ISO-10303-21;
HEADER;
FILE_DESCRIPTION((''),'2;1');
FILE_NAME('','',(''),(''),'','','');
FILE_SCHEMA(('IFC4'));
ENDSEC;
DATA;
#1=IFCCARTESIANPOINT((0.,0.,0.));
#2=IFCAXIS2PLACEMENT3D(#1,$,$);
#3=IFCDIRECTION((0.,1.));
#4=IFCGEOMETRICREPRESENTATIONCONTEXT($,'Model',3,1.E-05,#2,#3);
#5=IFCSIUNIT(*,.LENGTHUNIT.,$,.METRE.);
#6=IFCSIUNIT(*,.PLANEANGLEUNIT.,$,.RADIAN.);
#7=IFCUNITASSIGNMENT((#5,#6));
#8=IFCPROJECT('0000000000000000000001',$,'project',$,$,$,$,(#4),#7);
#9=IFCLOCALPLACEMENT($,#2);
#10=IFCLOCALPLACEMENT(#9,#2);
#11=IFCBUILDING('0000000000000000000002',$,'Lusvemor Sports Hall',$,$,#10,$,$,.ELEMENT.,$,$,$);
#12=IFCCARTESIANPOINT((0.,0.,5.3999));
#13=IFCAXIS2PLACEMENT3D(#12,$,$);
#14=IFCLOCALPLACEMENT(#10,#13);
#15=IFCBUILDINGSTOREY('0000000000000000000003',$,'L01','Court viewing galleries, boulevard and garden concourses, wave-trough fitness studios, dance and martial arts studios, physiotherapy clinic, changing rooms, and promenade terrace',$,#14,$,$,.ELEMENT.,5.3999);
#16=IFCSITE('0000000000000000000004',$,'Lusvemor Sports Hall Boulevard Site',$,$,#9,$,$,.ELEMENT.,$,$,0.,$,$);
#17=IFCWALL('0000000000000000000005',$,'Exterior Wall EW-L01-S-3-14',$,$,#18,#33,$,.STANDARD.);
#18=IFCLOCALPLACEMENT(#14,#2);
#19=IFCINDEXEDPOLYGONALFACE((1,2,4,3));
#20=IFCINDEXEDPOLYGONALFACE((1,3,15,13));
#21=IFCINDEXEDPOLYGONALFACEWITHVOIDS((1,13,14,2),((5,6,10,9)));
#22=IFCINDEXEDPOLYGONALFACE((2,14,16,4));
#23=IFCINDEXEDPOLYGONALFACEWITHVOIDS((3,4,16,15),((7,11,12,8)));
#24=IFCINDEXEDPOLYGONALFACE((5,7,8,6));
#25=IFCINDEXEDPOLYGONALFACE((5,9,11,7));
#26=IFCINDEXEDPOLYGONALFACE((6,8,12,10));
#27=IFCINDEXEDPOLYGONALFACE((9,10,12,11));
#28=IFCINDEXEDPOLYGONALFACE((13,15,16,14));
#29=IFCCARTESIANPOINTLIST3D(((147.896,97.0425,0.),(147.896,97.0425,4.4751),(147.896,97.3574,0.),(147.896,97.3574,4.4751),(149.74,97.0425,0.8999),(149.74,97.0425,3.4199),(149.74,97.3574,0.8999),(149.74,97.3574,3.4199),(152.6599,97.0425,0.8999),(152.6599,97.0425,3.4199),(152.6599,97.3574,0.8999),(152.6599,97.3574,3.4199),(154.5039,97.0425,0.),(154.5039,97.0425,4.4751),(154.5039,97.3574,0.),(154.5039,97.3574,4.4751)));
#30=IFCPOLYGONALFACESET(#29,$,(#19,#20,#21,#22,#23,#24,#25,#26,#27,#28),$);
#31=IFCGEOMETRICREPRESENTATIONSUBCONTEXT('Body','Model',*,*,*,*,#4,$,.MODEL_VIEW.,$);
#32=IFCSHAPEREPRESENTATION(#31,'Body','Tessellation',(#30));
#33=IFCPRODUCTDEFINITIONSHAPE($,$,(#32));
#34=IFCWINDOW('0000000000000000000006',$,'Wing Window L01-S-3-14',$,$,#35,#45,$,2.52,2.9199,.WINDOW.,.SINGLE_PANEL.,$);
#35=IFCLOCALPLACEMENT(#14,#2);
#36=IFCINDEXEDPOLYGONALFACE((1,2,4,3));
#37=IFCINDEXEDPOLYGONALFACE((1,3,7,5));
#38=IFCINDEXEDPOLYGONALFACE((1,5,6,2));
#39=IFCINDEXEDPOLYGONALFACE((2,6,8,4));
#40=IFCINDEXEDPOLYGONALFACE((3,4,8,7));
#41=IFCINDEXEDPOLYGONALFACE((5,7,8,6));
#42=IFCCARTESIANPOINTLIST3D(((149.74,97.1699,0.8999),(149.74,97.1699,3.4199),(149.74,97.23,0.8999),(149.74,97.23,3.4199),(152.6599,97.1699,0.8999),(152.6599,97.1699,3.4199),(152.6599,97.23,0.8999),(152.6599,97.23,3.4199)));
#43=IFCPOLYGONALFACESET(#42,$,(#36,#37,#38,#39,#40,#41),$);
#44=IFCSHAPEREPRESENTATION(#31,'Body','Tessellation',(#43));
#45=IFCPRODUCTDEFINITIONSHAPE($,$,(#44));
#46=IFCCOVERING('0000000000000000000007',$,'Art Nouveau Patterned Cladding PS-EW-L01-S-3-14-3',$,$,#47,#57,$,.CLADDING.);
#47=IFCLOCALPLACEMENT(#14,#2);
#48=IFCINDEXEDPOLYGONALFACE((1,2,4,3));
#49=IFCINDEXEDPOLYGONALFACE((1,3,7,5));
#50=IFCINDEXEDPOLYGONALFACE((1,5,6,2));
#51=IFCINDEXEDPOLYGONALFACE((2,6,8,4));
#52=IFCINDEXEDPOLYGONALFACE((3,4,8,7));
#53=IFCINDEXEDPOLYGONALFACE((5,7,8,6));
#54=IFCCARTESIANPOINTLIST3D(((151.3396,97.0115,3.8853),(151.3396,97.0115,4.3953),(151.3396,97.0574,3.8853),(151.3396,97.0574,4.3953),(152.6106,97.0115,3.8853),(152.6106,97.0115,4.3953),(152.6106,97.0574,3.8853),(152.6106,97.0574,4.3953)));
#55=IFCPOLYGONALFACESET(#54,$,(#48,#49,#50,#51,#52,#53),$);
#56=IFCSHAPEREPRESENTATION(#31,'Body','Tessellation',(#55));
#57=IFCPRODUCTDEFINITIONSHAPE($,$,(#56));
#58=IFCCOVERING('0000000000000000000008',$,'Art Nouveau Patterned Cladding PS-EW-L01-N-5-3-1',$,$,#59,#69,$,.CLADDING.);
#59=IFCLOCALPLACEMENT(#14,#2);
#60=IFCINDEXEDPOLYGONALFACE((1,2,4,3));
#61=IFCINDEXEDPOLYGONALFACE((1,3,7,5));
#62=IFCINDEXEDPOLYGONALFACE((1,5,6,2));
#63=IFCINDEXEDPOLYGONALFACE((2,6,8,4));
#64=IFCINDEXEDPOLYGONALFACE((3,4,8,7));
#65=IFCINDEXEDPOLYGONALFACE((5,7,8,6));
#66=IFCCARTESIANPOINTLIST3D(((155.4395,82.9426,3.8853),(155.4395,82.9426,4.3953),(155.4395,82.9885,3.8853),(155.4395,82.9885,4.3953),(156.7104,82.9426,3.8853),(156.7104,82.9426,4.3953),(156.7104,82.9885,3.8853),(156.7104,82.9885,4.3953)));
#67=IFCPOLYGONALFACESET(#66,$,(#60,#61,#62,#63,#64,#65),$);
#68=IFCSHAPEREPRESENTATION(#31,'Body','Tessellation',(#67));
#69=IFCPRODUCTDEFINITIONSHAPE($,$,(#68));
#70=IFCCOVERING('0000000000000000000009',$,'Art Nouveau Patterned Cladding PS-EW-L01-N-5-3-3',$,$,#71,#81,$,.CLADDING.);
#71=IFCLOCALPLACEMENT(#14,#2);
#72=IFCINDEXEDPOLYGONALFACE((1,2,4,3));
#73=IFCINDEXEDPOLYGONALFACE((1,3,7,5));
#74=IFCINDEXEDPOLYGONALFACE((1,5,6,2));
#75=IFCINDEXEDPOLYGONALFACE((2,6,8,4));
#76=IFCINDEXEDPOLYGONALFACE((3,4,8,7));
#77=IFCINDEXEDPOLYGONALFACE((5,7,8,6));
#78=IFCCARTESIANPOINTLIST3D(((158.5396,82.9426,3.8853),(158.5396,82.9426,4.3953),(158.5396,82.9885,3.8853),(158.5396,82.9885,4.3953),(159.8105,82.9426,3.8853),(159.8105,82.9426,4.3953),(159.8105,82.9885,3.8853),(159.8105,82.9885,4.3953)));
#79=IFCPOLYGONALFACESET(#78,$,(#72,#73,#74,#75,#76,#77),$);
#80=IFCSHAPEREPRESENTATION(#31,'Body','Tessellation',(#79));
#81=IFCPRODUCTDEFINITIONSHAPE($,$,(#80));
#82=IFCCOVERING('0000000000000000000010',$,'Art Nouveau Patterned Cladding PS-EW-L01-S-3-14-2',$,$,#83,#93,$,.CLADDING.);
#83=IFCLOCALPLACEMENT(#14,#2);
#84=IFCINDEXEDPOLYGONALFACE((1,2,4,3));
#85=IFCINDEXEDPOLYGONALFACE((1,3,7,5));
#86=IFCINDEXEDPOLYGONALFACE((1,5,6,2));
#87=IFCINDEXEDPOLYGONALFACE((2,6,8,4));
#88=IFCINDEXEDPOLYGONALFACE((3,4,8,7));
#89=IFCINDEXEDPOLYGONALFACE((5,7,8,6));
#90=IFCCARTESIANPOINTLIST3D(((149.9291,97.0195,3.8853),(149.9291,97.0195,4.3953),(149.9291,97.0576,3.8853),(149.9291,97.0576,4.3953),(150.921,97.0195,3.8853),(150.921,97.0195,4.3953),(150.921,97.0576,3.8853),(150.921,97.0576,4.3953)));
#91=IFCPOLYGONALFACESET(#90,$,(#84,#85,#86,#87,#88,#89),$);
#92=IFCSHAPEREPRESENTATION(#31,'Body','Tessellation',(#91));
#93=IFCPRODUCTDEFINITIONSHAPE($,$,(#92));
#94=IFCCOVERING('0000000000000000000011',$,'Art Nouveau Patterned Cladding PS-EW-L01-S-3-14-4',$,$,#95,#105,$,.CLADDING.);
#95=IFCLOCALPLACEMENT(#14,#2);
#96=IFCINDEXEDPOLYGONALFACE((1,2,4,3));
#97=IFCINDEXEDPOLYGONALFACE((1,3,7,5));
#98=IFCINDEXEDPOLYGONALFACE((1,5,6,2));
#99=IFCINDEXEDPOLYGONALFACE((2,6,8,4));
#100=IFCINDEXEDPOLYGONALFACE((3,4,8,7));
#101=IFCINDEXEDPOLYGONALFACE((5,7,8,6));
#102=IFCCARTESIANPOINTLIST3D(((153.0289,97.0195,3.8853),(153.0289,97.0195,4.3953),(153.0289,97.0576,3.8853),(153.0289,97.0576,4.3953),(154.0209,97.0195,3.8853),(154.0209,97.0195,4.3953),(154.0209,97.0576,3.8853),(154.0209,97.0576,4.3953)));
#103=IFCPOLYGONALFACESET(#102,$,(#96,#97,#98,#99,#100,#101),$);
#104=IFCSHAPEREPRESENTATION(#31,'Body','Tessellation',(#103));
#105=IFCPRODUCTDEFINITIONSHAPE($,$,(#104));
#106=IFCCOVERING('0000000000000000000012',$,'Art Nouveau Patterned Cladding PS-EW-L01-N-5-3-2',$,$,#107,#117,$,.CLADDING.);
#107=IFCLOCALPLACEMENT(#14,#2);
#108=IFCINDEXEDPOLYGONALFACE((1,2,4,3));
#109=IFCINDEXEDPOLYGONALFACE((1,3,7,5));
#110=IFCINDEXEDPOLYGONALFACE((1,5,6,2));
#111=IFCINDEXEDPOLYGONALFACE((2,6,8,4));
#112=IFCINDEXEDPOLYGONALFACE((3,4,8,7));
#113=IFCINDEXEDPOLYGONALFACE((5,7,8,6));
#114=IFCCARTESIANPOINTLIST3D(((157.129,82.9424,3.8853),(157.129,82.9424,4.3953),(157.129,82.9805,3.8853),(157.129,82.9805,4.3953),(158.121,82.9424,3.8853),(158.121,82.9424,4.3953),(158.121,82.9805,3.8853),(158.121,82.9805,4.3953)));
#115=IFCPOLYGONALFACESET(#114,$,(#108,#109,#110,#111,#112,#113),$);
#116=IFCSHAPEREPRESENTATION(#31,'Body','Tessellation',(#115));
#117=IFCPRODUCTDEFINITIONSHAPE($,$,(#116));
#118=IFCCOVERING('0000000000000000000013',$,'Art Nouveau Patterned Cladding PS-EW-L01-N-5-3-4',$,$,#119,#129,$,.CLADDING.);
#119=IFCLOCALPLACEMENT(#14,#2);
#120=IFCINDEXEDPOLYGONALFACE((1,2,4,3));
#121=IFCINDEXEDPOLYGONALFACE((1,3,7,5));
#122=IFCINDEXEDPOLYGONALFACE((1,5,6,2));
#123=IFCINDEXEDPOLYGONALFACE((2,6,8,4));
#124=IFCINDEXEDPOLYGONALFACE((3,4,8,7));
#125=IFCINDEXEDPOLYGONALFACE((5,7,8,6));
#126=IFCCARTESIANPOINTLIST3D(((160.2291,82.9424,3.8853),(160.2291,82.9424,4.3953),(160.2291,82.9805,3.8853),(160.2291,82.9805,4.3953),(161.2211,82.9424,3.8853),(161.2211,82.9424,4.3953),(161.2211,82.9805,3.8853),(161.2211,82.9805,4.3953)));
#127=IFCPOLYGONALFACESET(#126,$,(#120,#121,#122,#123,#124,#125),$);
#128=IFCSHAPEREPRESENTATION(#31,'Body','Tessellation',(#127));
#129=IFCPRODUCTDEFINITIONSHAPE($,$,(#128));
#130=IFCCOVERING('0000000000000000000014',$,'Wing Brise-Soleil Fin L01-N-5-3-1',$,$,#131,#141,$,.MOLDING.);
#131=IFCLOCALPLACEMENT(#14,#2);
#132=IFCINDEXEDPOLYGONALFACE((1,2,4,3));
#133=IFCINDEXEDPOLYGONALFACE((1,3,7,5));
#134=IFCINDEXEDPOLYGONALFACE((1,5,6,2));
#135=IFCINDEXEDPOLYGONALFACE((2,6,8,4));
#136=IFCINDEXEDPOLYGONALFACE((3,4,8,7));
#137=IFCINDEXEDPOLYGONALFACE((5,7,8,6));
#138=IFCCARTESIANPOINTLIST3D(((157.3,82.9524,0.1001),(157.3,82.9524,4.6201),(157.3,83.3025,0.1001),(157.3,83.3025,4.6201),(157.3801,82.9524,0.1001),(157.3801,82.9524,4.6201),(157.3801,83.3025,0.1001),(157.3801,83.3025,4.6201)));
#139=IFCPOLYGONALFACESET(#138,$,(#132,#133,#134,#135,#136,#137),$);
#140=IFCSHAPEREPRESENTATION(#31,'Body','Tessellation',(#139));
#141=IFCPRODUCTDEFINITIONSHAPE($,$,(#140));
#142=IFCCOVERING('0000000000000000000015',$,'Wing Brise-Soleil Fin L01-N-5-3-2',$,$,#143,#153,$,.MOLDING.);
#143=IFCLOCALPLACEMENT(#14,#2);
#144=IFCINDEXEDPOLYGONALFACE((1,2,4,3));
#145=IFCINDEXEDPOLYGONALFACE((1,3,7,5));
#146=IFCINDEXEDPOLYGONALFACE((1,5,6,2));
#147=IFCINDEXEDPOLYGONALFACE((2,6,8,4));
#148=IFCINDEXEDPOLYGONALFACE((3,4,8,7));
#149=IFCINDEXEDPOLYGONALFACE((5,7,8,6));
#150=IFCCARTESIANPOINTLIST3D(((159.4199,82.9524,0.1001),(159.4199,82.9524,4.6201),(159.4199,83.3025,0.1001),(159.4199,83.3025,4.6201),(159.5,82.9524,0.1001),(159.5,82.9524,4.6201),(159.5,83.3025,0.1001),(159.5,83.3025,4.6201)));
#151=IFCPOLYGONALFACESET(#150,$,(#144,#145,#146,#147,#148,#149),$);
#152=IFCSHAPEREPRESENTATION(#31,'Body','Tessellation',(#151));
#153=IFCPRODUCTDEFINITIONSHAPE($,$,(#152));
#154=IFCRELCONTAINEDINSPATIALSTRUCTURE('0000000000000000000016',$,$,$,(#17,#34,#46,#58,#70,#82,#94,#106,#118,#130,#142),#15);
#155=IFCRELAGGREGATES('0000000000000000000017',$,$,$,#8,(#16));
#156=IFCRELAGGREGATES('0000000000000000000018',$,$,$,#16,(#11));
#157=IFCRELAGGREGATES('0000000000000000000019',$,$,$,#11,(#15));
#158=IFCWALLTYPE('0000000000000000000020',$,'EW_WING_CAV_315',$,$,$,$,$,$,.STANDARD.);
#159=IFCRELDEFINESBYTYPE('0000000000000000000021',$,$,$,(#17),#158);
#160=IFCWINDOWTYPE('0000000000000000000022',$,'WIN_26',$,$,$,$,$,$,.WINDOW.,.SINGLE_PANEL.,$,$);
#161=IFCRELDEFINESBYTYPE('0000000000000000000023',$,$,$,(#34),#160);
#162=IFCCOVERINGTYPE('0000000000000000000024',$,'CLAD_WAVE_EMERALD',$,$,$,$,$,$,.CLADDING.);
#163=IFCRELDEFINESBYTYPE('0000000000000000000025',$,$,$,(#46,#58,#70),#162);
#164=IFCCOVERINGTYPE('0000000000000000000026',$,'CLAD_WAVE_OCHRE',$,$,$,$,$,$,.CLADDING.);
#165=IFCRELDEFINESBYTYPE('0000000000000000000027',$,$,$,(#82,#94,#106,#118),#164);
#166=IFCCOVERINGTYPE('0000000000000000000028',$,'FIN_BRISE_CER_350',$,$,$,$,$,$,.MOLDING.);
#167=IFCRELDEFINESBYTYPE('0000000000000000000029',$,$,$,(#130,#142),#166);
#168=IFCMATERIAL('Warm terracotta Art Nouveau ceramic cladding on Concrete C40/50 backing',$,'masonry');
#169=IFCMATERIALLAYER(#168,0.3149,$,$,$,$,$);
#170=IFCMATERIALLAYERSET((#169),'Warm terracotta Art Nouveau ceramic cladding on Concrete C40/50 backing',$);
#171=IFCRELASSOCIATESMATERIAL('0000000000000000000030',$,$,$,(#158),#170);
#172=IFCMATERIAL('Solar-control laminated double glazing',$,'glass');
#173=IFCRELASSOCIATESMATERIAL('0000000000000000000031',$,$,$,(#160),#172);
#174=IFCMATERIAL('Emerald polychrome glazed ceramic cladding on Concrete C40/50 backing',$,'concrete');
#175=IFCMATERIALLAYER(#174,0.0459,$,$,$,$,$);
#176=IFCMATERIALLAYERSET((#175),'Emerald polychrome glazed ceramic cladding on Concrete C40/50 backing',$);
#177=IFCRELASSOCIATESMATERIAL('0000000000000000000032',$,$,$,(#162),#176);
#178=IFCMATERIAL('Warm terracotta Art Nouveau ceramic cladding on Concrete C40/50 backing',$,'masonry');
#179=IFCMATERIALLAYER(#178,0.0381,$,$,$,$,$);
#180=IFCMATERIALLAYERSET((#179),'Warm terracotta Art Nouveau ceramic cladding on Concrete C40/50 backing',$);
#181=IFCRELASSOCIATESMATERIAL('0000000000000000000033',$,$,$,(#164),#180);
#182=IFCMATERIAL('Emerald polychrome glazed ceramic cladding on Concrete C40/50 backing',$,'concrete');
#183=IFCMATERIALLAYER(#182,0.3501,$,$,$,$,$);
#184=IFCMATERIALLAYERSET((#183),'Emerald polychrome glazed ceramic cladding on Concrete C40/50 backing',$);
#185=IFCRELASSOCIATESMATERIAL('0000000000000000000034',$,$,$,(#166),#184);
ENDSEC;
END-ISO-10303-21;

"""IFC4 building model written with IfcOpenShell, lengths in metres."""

from ifc_helpers import new_model, si_unit, direction, frame, frame_2d, origin, origin_2d, place, context, subcontext, project, spatial, rectangle, extrude, material, layer, layer_set, type_object, element, fill, save


model = new_model("IFC4")

# Units and contexts
model_context = context("Model", 3, precision=1e-05, world=origin(), true_north=direction((0.0, 1.0)))
body_context = subcontext(model_context, "Body", "Model", "MODEL_VIEW")
ifc_project = project(units=[si_unit("LENGTHUNIT", "METRE"), si_unit("PLANEANGLEUNIT", "RADIAN")], contexts=[model_context])

# Site, building, storey
site_placement = place(None, origin())
site = spatial("IfcSite", under=ifc_project, at=site_placement, Name="Lusvemor Sports Hall Boulevard Site", CompositionType="ELEMENT", RefElevation=0.0)
building_placement = place(site_placement, origin())
building = spatial("IfcBuilding", under=site, at=building_placement, Name="Lusvemor Sports Hall", CompositionType="ELEMENT")
storey_placement = place(building_placement, frame((0.0, 0.0, 5.3999)))
storey = spatial("IfcBuildingStorey", under=building, at=storey_placement, Name="L01", Description="Court viewing galleries, boulevard and garden concourses, wave-trough fitness studios, dance and martial arts studios, physiotherapy clinic, changing rooms, and promenade terrace", CompositionType="ELEMENT", Elevation=5.3999)

# Wall, opening, window
ifc_material_1 = material(Name="Warm terracotta Art Nouveau ceramic cladding on Concrete C40/50 backing", Category="masonry")
ifc_layer_1 = layer(ifc_material_1, 0.3149)
ifc_layer_set_1 = layer_set([ifc_layer_1], Name="Warm terracotta Art Nouveau ceramic cladding on Concrete C40/50 backing")
wall_type = type_object("IfcWallType", Name="EW_WING_CAV_315", PredefinedType="STANDARD", material=ifc_layer_set_1)
wall_placement = place(storey_placement, frame((154.5039, 97.2, 0.0), z_axis=(0.0, 0.0, 1.0), x_axis=(-1.0, 0.0, 0.0)))
wall = element("IfcWall", 1, at=wall_placement, inside=storey, type_object=wall_type, Name="Exterior Wall EW-L01-S-3-14", PredefinedType="STANDARD", context=body_context, shape_type="SweptSolid", body=[
    extrude(rectangle(XDim=6.6079, YDim=0.3149, at=frame_2d((3.304, 0.0))), origin(), (0.0, 0.0, 1.0), 4.4751),
])
opening_placement = place(wall_placement, frame((1.844, 0.0, 0.8999)))
opening = element("IfcOpeningElement", 2, at=opening_placement, cuts=wall, PredefinedType="OPENING", context=body_context, shape_type="SweptSolid", body=[
    extrude(rectangle(XDim=2.9199, YDim=2.52, at=frame_2d((1.46, 1.26))), frame((0.0, 0.1575, 0.0), z_axis=(0.0, -1.0, 0.0), x_axis=(1.0, 0.0, 0.0)), (0.0, 0.0, 1.0), 0.3149),
])
ifc_material_2 = material(Name="Solar-control laminated double glazing", Category="glass")
window_type = type_object("IfcWindowType", Name="WIN_26", PartitioningType="SINGLE_PANEL", PredefinedType="WINDOW", material=ifc_material_2)
window_placement = place(opening_placement, origin())
window = element("IfcWindow", 3, at=window_placement, inside=storey, type_object=window_type, Name="Wing Window L01-S-3-14", OverallHeight=2.52, OverallWidth=2.9199, PartitioningType="SINGLE_PANEL", PredefinedType="WINDOW", context=body_context, shape_type="SweptSolid", body=[
    extrude(rectangle(XDim=2.9199, YDim=2.52, at=frame_2d((1.46, 1.26))), frame((0.0, 0.03, 0.0), z_axis=(0.0, -1.0, 0.0), x_axis=(1.0, 0.0, 0.0)), (0.0, 0.0, 1.0), 0.0601),
])
fill(opening, window)

# Coverings
ifc_material_3 = material(Name="Emerald polychrome glazed ceramic cladding on Concrete C40/50 backing", Category="concrete")
ifc_layer_2 = layer(ifc_material_3, 0.0459)
ifc_layer_set_2 = layer_set([ifc_layer_2], Name="Emerald polychrome glazed ceramic cladding on Concrete C40/50 backing")
covering_type_1 = type_object("IfcCoveringType", Name="CLAD_WAVE_EMERALD", PredefinedType="CLADDING", material=ifc_layer_set_2)
for number, where, z_axis, x_axis, name in (
    (4, (151.9751, 97.0344, 3.8853), (0.0, 0.0, 1.0), (1.0, 0.0, 0.0), "Art Nouveau Patterned Cladding PS-EW-L01-S-3-14-3"),
    (5, (156.075, 82.9656, 3.8853), (0.0, 0.0, 1.0), (1.0, 0.0, 0.0), "Art Nouveau Patterned Cladding PS-EW-L01-N-5-3-1"),
    (6, (159.175, 82.9656, 3.8853), (0.0, 0.0, 1.0), (1.0, 0.0, 0.0), "Art Nouveau Patterned Cladding PS-EW-L01-N-5-3-3"),
):
    element("IfcCovering", number, at=place(storey_placement, frame(where, z_axis=z_axis, x_axis=x_axis)), inside=storey, type_object=covering_type_1, Name=name, PredefinedType="CLADDING", context=body_context, shape_type="SweptSolid", body=[
        extrude(rectangle(XDim=1.271, YDim=0.0459, at=origin_2d()), origin(), (0.0, 0.0, 1.0), 0.51),
    ])
ifc_material_4 = material(Name="Warm terracotta Art Nouveau ceramic cladding on Concrete C40/50 backing", Category="masonry")
ifc_layer_3 = layer(ifc_material_4, 0.0381)
ifc_layer_set_3 = layer_set([ifc_layer_3], Name="Warm terracotta Art Nouveau ceramic cladding on Concrete C40/50 backing")
covering_type_2 = type_object("IfcCoveringType", Name="CLAD_WAVE_OCHRE", PredefinedType="CLADDING", material=ifc_layer_set_3)
for number, where, z_axis, x_axis, name in (
    (7, (150.425, 97.0386, 3.8853), (0.0, 0.0, 1.0), (1.0, 0.0, 0.0), "Art Nouveau Patterned Cladding PS-EW-L01-S-3-14-2"),
    (8, (153.5249, 97.0386, 3.8853), (0.0, 0.0, 1.0), (1.0, 0.0, 0.0), "Art Nouveau Patterned Cladding PS-EW-L01-S-3-14-4"),
    (9, (157.625, 82.9614, 3.8853), (0.0, 0.0, 1.0), (1.0, 0.0, 0.0), "Art Nouveau Patterned Cladding PS-EW-L01-N-5-3-2"),
    (10, (160.7251, 82.9614, 3.8853), (0.0, 0.0, 1.0), (1.0, 0.0, 0.0), "Art Nouveau Patterned Cladding PS-EW-L01-N-5-3-4"),
):
    element("IfcCovering", number, at=place(storey_placement, frame(where, z_axis=z_axis, x_axis=x_axis)), inside=storey, type_object=covering_type_2, Name=name, PredefinedType="CLADDING", context=body_context, shape_type="SweptSolid", body=[
        extrude(rectangle(XDim=0.9919, YDim=0.0381, at=origin_2d()), origin(), (0.0, 0.0, 1.0), 0.51),
    ])
ifc_material_5 = material(Name="Emerald polychrome glazed ceramic cladding on Concrete C40/50 backing", Category="concrete")
ifc_layer_4 = layer(ifc_material_5, 0.3501)
ifc_layer_set_4 = layer_set([ifc_layer_4], Name="Emerald polychrome glazed ceramic cladding on Concrete C40/50 backing")
covering_type_3 = type_object("IfcCoveringType", Name="FIN_BRISE_CER_350", PredefinedType="MOLDING", material=ifc_layer_set_4)
for number, where, z_axis, x_axis, name in (
    (11, (157.3401, 83.1274, 0.1001), (0.0, 0.0, 1.0), (1.0, 0.0, 0.0), "Wing Brise-Soleil Fin L01-N-5-3-1"),
    (12, (159.46, 83.1274, 0.1001), (0.0, 0.0, 1.0), (1.0, 0.0, 0.0), "Wing Brise-Soleil Fin L01-N-5-3-2"),
):
    element("IfcCovering", number, at=place(storey_placement, frame(where, z_axis=z_axis, x_axis=x_axis)), inside=storey, type_object=covering_type_3, Name=name, PredefinedType="MOLDING", context=body_context, shape_type="SweptSolid", body=[
        extrude(rectangle(XDim=0.0801, YDim=0.3501, at=origin_2d()), origin(), (0.0, 0.0, 1.0), 4.52),
    ])

save(model, "model.ifc")
